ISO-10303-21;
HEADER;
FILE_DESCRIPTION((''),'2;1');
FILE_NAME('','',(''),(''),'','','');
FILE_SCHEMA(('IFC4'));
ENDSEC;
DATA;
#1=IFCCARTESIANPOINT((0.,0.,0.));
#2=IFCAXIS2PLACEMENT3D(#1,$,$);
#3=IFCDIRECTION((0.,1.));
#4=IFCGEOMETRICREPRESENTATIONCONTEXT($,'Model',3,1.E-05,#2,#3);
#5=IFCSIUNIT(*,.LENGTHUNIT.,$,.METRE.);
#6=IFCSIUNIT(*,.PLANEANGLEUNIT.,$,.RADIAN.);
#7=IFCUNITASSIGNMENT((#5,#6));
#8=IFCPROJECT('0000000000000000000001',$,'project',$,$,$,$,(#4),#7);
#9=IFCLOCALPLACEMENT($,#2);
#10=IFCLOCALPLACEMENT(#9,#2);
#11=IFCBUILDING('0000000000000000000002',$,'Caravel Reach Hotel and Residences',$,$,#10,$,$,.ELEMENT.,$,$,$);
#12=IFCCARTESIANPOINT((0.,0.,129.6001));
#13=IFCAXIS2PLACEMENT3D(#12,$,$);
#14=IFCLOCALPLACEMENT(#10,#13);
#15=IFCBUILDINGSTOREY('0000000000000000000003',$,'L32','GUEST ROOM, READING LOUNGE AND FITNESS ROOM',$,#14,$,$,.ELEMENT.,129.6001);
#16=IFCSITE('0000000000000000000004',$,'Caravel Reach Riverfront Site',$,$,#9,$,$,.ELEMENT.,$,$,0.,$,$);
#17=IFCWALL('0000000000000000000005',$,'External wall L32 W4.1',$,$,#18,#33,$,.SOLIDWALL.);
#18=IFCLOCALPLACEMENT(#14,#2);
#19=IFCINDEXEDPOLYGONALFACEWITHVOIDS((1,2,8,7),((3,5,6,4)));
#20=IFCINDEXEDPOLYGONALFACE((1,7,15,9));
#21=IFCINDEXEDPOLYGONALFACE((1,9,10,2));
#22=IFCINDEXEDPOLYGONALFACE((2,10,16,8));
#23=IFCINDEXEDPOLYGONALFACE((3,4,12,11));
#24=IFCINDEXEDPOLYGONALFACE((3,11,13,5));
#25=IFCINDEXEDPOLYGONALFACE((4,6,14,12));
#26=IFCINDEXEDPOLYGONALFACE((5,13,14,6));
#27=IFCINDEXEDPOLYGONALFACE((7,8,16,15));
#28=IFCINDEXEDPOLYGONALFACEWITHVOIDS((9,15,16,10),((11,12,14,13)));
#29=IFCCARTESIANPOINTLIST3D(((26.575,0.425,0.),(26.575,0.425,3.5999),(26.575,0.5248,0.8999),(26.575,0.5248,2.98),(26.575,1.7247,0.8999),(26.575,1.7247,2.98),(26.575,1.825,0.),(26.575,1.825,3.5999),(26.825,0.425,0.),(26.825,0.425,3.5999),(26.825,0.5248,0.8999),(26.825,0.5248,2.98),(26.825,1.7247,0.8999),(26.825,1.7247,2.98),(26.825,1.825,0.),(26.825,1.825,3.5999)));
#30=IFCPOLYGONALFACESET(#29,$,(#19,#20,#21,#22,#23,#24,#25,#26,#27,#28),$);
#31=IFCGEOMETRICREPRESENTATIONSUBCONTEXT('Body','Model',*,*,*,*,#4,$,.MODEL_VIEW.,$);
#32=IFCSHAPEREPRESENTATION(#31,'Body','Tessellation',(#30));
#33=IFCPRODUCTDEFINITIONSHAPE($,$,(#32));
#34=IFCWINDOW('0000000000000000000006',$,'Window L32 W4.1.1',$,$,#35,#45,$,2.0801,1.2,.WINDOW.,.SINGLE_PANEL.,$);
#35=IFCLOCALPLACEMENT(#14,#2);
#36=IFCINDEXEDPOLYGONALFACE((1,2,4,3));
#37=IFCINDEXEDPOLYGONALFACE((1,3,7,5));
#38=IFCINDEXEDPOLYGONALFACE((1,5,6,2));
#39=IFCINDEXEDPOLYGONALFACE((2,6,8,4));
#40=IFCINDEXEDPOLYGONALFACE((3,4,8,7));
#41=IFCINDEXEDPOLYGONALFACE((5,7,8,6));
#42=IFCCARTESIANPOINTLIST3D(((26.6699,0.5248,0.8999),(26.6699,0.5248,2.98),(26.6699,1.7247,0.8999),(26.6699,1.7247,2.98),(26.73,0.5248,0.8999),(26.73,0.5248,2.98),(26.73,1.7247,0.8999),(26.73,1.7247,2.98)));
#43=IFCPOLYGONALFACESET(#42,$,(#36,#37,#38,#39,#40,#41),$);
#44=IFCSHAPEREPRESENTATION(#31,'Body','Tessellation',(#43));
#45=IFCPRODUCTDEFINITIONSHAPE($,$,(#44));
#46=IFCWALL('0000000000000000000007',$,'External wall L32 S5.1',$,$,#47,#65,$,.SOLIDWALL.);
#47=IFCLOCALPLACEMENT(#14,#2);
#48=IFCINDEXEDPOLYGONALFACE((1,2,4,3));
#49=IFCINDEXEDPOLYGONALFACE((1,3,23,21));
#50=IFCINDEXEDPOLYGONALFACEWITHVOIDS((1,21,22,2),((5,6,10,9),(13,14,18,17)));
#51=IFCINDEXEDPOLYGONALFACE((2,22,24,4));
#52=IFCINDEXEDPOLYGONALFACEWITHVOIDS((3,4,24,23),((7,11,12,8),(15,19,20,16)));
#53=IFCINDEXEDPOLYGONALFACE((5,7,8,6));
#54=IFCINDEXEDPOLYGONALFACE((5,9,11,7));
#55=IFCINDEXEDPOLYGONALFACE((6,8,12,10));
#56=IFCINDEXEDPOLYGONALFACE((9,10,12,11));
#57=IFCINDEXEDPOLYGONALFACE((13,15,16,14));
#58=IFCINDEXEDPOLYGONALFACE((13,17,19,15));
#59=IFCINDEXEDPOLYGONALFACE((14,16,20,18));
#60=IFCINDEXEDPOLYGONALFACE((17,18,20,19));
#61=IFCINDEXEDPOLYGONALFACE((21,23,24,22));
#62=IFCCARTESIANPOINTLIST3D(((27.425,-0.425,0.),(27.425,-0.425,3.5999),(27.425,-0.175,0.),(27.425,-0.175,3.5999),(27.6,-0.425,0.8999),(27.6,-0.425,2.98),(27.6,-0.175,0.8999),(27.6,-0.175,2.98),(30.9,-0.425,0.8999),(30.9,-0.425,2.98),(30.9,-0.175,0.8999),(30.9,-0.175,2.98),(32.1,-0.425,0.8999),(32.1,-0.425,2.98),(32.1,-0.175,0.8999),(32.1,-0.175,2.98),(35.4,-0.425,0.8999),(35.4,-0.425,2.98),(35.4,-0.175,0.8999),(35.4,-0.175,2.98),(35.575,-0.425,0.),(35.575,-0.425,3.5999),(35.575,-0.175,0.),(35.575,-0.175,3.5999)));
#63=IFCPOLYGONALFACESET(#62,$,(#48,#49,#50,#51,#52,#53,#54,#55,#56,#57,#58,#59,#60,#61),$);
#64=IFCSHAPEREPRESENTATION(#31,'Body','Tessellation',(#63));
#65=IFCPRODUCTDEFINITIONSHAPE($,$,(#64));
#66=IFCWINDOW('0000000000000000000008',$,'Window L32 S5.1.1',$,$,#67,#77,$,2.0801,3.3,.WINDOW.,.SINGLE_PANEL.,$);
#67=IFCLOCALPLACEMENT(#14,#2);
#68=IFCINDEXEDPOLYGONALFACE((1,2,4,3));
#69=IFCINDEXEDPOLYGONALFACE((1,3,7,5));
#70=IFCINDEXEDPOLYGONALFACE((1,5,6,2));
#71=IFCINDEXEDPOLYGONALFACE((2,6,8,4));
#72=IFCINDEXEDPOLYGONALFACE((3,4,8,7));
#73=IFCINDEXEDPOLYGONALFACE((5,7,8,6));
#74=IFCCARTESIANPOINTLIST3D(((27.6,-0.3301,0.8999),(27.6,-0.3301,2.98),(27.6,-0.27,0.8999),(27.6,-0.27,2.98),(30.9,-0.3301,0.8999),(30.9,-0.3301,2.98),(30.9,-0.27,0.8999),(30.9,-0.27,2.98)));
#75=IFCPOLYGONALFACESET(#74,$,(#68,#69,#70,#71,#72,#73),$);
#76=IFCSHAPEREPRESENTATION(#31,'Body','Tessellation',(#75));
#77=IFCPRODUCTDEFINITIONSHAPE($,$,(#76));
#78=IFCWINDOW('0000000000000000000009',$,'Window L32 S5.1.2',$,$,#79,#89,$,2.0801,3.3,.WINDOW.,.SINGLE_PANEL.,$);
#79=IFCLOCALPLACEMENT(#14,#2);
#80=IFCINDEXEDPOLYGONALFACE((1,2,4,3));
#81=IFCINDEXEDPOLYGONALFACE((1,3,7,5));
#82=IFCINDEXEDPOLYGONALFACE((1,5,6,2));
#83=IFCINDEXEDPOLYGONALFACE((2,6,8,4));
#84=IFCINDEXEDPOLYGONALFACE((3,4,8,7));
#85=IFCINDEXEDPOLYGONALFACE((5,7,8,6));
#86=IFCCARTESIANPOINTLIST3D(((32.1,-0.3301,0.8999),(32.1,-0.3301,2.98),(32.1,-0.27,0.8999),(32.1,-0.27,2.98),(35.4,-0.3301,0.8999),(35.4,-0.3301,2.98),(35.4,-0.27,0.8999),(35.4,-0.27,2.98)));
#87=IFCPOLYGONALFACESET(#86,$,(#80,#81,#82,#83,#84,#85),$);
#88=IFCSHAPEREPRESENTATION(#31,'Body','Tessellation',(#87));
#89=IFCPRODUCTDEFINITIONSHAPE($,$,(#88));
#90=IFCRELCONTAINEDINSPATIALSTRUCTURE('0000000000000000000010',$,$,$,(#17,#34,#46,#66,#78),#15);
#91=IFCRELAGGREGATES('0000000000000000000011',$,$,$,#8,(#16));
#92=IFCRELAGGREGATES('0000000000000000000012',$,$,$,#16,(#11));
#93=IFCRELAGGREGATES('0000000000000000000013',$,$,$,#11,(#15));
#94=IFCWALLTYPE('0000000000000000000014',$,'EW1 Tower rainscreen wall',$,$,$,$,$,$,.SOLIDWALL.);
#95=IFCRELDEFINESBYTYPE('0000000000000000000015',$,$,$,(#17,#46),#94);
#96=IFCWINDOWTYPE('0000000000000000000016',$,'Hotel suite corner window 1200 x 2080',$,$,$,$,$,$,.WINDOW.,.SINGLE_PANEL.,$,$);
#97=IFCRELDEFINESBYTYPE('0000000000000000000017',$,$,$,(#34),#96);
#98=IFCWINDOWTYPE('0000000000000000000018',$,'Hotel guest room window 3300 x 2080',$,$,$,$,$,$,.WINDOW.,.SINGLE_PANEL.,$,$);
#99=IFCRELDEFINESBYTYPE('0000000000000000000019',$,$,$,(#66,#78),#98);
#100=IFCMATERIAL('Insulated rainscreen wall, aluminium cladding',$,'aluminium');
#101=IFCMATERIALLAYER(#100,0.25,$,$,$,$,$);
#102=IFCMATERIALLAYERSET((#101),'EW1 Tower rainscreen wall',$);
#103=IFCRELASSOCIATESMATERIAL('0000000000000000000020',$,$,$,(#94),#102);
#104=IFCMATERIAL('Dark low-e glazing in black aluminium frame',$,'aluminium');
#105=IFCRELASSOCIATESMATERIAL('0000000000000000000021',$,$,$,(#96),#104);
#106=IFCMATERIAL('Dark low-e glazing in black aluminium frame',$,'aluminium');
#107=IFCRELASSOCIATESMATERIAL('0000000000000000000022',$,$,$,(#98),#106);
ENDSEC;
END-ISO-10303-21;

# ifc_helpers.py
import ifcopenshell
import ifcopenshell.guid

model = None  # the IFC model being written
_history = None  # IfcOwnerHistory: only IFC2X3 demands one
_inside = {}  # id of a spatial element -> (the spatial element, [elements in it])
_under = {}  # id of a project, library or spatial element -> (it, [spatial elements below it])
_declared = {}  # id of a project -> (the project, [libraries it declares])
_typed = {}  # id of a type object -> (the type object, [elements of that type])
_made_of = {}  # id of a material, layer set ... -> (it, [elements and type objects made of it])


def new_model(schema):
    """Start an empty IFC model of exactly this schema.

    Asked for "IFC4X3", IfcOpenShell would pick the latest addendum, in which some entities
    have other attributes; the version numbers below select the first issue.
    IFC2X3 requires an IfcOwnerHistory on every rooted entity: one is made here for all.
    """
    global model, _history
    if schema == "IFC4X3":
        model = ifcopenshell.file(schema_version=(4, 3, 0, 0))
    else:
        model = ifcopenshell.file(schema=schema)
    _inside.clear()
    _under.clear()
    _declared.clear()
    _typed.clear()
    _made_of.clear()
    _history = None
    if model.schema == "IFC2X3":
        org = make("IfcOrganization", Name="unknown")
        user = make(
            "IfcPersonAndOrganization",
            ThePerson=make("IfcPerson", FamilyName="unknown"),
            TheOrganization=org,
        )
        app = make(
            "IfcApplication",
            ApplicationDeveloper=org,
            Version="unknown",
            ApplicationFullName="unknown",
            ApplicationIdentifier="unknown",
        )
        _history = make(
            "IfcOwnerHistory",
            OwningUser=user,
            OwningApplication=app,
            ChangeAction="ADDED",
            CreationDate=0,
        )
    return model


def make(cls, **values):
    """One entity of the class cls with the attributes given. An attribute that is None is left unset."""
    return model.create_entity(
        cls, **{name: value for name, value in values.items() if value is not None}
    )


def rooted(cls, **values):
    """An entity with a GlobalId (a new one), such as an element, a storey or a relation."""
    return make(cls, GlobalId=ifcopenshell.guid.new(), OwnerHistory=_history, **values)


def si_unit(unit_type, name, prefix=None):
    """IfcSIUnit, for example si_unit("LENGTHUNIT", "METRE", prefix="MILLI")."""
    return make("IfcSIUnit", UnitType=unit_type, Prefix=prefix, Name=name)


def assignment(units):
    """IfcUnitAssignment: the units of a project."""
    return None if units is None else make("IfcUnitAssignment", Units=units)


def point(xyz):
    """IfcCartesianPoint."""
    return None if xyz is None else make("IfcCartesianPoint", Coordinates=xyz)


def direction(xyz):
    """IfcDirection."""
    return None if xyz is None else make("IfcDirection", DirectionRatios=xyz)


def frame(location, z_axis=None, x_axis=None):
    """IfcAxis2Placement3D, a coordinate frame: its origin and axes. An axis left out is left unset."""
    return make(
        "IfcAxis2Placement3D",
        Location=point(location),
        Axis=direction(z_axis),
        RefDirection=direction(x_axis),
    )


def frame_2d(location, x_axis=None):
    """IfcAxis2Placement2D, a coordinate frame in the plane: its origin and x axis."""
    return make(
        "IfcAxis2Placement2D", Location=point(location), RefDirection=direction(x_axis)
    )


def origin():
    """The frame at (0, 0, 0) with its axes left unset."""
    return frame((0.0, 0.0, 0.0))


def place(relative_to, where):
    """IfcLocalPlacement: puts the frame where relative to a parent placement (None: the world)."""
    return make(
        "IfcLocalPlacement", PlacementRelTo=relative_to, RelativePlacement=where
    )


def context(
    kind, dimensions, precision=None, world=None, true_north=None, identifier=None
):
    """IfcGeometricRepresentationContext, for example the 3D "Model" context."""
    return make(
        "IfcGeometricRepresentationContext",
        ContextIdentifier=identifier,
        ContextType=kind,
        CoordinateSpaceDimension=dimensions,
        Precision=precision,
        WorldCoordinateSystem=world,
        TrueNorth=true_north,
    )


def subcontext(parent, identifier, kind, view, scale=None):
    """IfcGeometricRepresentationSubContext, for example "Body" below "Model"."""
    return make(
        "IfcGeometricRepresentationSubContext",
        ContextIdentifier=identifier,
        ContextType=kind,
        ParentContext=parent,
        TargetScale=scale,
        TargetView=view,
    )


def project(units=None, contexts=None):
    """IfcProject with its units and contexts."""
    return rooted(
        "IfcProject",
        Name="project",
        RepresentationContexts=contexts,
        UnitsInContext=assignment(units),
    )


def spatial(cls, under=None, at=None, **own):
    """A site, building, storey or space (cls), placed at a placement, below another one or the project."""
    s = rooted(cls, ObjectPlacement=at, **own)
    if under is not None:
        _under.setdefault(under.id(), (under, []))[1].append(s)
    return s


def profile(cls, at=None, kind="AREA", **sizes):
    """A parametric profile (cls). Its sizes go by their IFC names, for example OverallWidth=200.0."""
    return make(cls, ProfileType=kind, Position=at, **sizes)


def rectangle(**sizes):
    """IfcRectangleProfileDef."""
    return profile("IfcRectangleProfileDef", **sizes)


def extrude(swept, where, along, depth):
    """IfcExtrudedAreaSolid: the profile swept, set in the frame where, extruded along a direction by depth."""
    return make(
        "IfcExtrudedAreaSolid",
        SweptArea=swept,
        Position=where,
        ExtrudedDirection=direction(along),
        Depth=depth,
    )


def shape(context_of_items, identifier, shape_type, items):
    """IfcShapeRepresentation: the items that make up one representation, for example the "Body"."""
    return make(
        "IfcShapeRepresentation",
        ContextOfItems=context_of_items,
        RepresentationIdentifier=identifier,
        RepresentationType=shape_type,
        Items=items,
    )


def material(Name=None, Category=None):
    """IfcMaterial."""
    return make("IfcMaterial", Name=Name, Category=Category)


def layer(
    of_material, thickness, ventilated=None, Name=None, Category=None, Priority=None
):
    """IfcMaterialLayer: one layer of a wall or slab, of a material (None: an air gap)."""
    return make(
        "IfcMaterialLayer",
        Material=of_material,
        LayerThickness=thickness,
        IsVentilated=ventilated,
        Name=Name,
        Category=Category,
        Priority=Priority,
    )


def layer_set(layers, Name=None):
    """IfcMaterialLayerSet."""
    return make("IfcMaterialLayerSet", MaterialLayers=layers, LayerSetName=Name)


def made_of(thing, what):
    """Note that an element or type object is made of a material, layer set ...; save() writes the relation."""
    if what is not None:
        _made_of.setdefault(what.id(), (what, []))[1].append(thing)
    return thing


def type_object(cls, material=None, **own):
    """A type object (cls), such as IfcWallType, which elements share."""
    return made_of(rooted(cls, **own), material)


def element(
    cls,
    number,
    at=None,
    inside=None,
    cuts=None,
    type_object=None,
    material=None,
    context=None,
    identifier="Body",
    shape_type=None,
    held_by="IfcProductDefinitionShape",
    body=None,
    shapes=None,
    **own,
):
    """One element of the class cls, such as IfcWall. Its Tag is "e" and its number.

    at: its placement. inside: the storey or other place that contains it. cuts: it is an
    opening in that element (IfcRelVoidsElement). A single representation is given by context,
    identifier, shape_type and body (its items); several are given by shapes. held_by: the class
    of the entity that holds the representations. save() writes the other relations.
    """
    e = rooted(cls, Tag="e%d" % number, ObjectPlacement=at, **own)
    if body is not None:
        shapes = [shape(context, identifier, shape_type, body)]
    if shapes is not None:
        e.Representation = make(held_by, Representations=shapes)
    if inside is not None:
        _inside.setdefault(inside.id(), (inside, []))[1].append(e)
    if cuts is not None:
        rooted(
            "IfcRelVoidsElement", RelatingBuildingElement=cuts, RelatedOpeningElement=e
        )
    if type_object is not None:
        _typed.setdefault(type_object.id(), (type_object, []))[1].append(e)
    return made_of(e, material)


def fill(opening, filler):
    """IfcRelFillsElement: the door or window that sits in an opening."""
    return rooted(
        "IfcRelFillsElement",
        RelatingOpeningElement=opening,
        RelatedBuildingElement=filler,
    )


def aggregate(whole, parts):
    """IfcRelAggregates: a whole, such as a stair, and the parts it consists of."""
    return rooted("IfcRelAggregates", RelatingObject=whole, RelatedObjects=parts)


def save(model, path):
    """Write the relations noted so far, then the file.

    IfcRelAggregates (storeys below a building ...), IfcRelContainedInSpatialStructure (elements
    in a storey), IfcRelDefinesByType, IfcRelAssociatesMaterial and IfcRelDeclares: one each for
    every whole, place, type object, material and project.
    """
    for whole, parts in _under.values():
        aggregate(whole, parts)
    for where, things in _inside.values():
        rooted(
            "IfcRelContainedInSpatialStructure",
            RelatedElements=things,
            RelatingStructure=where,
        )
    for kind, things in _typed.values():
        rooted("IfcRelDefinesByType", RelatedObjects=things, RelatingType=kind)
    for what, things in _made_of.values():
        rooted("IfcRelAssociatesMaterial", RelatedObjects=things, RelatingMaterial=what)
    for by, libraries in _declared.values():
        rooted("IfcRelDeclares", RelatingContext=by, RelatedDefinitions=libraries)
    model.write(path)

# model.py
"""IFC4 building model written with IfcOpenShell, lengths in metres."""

from ifc_helpers import new_model, si_unit, direction, frame, frame_2d, origin, place, context, subcontext, project, spatial, rectangle, extrude, material, layer, layer_set, type_object, element, fill, save


model = new_model("IFC4")

# Units and contexts
model_context = context("Model", 3, precision=1e-05, world=origin(), true_north=direction((0.0, 1.0)))
body_context = subcontext(model_context, "Body", "Model", "MODEL_VIEW")
ifc_project = project(units=[si_unit("LENGTHUNIT", "METRE"), si_unit("PLANEANGLEUNIT", "RADIAN")], contexts=[model_context])

# Site, building, storey
site_placement = place(None, origin())
site = spatial("IfcSite", under=ifc_project, at=site_placement, Name="Caravel Reach Riverfront Site", CompositionType="ELEMENT", RefElevation=0.0)
building_placement = place(site_placement, origin())
building = spatial("IfcBuilding", under=site, at=building_placement, Name="Caravel Reach Hotel and Residences", CompositionType="ELEMENT")
storey_placement = place(building_placement, frame((0.0, 0.0, 129.6001)))
storey = spatial("IfcBuildingStorey", under=building, at=storey_placement, Name="L32", Description="GUEST ROOM, READING LOUNGE AND FITNESS ROOM", CompositionType="ELEMENT", Elevation=129.6001)

# Wall, opening, window
ifc_material_1 = material(Name="Insulated rainscreen wall, aluminium cladding", Category="aluminium")
ifc_layer = layer(ifc_material_1, 0.25)
ifc_layer_set = layer_set([ifc_layer], Name="EW1 Tower rainscreen wall")
wall_type = type_object("IfcWallType", Name="EW1 Tower rainscreen wall", PredefinedType="SOLIDWALL", material=ifc_layer_set)
ifc_material_2 = material(Name="Dark low-e glazing in black aluminium frame", Category="aluminium")
window_type_1 = type_object("IfcWindowType", Name="Hotel suite corner window 1200 x 2080", PartitioningType="SINGLE_PANEL", PredefinedType="WINDOW", material=ifc_material_2)
wall_1_placement = place(storey_placement, frame((26.7, 1.825, 0.0), z_axis=(0.0, 0.0, 1.0), x_axis=(0.0, -1.0, 0.0)))
wall_1 = element("IfcWall", 1, at=wall_1_placement, inside=storey, type_object=wall_type, Name="External wall L32 W4.1", PredefinedType="SOLIDWALL", context=body_context, shape_type="SweptSolid", body=[
    extrude(rectangle(XDim=1.3999, YDim=0.25, at=frame_2d((0.7, 0.0))), origin(), (0.0, 0.0, 1.0), 3.5999),
])
opening_1_placement = place(wall_1_placement, frame((0.1001, 0.0, 0.8999)))
opening_1 = element("IfcOpeningElement", 2, at=opening_1_placement, cuts=wall_1, PredefinedType="OPENING", context=body_context, shape_type="SweptSolid", body=[
    extrude(rectangle(XDim=1.2, YDim=2.0801, at=frame_2d((0.6001, 1.04))), frame((0.0, 0.135, 0.0), z_axis=(0.0, -1.0, 0.0), x_axis=(1.0, 0.0, 0.0)), (0.0, 0.0, 1.0), 0.27),
])
window_1_placement = place(opening_1_placement, origin())
window_1 = element("IfcWindow", 3, at=window_1_placement, inside=storey, type_object=window_type_1, Name="Window L32 W4.1.1", OverallHeight=2.0801, OverallWidth=1.2, PartitioningType="SINGLE_PANEL", PredefinedType="WINDOW", context=body_context, shape_type="SweptSolid", body=[
    extrude(rectangle(XDim=1.2, YDim=2.0801, at=frame_2d((0.6001, 1.04))), frame((0.0, 0.03, 0.0), z_axis=(0.0, -1.0, 0.0), x_axis=(1.0, 0.0, 0.0)), (0.0, 0.0, 1.0), 0.0601),
])
fill(opening_1, window_1)

# Wall, openings, windows
wall_2_placement = place(storey_placement, frame((27.425, -0.3, 0.0), z_axis=(0.0, 0.0, 1.0), x_axis=(1.0, 0.0, 0.0)))
wall_2 = element("IfcWall", 4, at=wall_2_placement, inside=storey, type_object=wall_type, Name="External wall L32 S5.1", PredefinedType="SOLIDWALL", context=body_context, shape_type="SweptSolid", body=[
    extrude(rectangle(XDim=8.1499, YDim=0.25, at=frame_2d((4.075, 0.0))), origin(), (0.0, 0.0, 1.0), 3.5999),
])
opening_2_placement = place(wall_2_placement, frame((0.175, 0.0, 0.8999)))
opening_2 = element("IfcOpeningElement", 5, at=opening_2_placement, cuts=wall_2, PredefinedType="OPENING", context=body_context, shape_type="SweptSolid", body=[
    extrude(rectangle(XDim=3.3, YDim=2.0801, at=frame_2d((1.6499, 1.04))), frame((0.0, 0.135, 0.0), z_axis=(0.0, -1.0, 0.0), x_axis=(1.0, 0.0, 0.0)), (0.0, 0.0, 1.0), 0.27),
])
opening_3_placement = place(wall_2_placement, frame((4.675, 0.0, 0.8999)))
opening_3 = element("IfcOpeningElement", 6, at=opening_3_placement, cuts=wall_2, PredefinedType="OPENING", context=body_context, shape_type="SweptSolid", body=[
    extrude(rectangle(XDim=3.3, YDim=2.0801, at=frame_2d((1.6499, 1.04))), frame((0.0, 0.135, 0.0), z_axis=(0.0, -1.0, 0.0), x_axis=(1.0, 0.0, 0.0)), (0.0, 0.0, 1.0), 0.27),
])
ifc_material_3 = material(Name="Dark low-e glazing in black aluminium frame", Category="aluminium")
window_type_2 = type_object("IfcWindowType", Name="Hotel guest room window 3300 x 2080", PartitioningType="SINGLE_PANEL", PredefinedType="WINDOW", material=ifc_material_3)
window_2_placement = place(opening_2_placement, origin())
window_2 = element("IfcWindow", 7, at=window_2_placement, inside=storey, type_object=window_type_2, Name="Window L32 S5.1.1", OverallHeight=2.0801, OverallWidth=3.3, PartitioningType="SINGLE_PANEL", PredefinedType="WINDOW", context=body_context, shape_type="SweptSolid", body=[
    extrude(rectangle(XDim=3.3, YDim=2.0801, at=frame_2d((1.6499, 1.04))), frame((0.0, 0.03, 0.0), z_axis=(0.0, -1.0, 0.0), x_axis=(1.0, 0.0, 0.0)), (0.0, 0.0, 1.0), 0.0601),
])
fill(opening_2, window_2)
window_3_placement = place(opening_3_placement, origin())
window_3 = element("IfcWindow", 8, at=window_3_placement, inside=storey, type_object=window_type_2, Name="Window L32 S5.1.2", OverallHeight=2.0801, OverallWidth=3.3, PartitioningType="SINGLE_PANEL", PredefinedType="WINDOW", context=body_context, shape_type="SweptSolid", body=[
    extrude(rectangle(XDim=3.3, YDim=2.0801, at=frame_2d((1.6499, 1.04))), frame((0.0, 0.03, 0.0), z_axis=(0.0, -1.0, 0.0), x_axis=(1.0, 0.0, 0.0)), (0.0, 0.0, 1.0), 0.0601),
])
fill(opening_3, window_3)

save(model, "model.ifc")
